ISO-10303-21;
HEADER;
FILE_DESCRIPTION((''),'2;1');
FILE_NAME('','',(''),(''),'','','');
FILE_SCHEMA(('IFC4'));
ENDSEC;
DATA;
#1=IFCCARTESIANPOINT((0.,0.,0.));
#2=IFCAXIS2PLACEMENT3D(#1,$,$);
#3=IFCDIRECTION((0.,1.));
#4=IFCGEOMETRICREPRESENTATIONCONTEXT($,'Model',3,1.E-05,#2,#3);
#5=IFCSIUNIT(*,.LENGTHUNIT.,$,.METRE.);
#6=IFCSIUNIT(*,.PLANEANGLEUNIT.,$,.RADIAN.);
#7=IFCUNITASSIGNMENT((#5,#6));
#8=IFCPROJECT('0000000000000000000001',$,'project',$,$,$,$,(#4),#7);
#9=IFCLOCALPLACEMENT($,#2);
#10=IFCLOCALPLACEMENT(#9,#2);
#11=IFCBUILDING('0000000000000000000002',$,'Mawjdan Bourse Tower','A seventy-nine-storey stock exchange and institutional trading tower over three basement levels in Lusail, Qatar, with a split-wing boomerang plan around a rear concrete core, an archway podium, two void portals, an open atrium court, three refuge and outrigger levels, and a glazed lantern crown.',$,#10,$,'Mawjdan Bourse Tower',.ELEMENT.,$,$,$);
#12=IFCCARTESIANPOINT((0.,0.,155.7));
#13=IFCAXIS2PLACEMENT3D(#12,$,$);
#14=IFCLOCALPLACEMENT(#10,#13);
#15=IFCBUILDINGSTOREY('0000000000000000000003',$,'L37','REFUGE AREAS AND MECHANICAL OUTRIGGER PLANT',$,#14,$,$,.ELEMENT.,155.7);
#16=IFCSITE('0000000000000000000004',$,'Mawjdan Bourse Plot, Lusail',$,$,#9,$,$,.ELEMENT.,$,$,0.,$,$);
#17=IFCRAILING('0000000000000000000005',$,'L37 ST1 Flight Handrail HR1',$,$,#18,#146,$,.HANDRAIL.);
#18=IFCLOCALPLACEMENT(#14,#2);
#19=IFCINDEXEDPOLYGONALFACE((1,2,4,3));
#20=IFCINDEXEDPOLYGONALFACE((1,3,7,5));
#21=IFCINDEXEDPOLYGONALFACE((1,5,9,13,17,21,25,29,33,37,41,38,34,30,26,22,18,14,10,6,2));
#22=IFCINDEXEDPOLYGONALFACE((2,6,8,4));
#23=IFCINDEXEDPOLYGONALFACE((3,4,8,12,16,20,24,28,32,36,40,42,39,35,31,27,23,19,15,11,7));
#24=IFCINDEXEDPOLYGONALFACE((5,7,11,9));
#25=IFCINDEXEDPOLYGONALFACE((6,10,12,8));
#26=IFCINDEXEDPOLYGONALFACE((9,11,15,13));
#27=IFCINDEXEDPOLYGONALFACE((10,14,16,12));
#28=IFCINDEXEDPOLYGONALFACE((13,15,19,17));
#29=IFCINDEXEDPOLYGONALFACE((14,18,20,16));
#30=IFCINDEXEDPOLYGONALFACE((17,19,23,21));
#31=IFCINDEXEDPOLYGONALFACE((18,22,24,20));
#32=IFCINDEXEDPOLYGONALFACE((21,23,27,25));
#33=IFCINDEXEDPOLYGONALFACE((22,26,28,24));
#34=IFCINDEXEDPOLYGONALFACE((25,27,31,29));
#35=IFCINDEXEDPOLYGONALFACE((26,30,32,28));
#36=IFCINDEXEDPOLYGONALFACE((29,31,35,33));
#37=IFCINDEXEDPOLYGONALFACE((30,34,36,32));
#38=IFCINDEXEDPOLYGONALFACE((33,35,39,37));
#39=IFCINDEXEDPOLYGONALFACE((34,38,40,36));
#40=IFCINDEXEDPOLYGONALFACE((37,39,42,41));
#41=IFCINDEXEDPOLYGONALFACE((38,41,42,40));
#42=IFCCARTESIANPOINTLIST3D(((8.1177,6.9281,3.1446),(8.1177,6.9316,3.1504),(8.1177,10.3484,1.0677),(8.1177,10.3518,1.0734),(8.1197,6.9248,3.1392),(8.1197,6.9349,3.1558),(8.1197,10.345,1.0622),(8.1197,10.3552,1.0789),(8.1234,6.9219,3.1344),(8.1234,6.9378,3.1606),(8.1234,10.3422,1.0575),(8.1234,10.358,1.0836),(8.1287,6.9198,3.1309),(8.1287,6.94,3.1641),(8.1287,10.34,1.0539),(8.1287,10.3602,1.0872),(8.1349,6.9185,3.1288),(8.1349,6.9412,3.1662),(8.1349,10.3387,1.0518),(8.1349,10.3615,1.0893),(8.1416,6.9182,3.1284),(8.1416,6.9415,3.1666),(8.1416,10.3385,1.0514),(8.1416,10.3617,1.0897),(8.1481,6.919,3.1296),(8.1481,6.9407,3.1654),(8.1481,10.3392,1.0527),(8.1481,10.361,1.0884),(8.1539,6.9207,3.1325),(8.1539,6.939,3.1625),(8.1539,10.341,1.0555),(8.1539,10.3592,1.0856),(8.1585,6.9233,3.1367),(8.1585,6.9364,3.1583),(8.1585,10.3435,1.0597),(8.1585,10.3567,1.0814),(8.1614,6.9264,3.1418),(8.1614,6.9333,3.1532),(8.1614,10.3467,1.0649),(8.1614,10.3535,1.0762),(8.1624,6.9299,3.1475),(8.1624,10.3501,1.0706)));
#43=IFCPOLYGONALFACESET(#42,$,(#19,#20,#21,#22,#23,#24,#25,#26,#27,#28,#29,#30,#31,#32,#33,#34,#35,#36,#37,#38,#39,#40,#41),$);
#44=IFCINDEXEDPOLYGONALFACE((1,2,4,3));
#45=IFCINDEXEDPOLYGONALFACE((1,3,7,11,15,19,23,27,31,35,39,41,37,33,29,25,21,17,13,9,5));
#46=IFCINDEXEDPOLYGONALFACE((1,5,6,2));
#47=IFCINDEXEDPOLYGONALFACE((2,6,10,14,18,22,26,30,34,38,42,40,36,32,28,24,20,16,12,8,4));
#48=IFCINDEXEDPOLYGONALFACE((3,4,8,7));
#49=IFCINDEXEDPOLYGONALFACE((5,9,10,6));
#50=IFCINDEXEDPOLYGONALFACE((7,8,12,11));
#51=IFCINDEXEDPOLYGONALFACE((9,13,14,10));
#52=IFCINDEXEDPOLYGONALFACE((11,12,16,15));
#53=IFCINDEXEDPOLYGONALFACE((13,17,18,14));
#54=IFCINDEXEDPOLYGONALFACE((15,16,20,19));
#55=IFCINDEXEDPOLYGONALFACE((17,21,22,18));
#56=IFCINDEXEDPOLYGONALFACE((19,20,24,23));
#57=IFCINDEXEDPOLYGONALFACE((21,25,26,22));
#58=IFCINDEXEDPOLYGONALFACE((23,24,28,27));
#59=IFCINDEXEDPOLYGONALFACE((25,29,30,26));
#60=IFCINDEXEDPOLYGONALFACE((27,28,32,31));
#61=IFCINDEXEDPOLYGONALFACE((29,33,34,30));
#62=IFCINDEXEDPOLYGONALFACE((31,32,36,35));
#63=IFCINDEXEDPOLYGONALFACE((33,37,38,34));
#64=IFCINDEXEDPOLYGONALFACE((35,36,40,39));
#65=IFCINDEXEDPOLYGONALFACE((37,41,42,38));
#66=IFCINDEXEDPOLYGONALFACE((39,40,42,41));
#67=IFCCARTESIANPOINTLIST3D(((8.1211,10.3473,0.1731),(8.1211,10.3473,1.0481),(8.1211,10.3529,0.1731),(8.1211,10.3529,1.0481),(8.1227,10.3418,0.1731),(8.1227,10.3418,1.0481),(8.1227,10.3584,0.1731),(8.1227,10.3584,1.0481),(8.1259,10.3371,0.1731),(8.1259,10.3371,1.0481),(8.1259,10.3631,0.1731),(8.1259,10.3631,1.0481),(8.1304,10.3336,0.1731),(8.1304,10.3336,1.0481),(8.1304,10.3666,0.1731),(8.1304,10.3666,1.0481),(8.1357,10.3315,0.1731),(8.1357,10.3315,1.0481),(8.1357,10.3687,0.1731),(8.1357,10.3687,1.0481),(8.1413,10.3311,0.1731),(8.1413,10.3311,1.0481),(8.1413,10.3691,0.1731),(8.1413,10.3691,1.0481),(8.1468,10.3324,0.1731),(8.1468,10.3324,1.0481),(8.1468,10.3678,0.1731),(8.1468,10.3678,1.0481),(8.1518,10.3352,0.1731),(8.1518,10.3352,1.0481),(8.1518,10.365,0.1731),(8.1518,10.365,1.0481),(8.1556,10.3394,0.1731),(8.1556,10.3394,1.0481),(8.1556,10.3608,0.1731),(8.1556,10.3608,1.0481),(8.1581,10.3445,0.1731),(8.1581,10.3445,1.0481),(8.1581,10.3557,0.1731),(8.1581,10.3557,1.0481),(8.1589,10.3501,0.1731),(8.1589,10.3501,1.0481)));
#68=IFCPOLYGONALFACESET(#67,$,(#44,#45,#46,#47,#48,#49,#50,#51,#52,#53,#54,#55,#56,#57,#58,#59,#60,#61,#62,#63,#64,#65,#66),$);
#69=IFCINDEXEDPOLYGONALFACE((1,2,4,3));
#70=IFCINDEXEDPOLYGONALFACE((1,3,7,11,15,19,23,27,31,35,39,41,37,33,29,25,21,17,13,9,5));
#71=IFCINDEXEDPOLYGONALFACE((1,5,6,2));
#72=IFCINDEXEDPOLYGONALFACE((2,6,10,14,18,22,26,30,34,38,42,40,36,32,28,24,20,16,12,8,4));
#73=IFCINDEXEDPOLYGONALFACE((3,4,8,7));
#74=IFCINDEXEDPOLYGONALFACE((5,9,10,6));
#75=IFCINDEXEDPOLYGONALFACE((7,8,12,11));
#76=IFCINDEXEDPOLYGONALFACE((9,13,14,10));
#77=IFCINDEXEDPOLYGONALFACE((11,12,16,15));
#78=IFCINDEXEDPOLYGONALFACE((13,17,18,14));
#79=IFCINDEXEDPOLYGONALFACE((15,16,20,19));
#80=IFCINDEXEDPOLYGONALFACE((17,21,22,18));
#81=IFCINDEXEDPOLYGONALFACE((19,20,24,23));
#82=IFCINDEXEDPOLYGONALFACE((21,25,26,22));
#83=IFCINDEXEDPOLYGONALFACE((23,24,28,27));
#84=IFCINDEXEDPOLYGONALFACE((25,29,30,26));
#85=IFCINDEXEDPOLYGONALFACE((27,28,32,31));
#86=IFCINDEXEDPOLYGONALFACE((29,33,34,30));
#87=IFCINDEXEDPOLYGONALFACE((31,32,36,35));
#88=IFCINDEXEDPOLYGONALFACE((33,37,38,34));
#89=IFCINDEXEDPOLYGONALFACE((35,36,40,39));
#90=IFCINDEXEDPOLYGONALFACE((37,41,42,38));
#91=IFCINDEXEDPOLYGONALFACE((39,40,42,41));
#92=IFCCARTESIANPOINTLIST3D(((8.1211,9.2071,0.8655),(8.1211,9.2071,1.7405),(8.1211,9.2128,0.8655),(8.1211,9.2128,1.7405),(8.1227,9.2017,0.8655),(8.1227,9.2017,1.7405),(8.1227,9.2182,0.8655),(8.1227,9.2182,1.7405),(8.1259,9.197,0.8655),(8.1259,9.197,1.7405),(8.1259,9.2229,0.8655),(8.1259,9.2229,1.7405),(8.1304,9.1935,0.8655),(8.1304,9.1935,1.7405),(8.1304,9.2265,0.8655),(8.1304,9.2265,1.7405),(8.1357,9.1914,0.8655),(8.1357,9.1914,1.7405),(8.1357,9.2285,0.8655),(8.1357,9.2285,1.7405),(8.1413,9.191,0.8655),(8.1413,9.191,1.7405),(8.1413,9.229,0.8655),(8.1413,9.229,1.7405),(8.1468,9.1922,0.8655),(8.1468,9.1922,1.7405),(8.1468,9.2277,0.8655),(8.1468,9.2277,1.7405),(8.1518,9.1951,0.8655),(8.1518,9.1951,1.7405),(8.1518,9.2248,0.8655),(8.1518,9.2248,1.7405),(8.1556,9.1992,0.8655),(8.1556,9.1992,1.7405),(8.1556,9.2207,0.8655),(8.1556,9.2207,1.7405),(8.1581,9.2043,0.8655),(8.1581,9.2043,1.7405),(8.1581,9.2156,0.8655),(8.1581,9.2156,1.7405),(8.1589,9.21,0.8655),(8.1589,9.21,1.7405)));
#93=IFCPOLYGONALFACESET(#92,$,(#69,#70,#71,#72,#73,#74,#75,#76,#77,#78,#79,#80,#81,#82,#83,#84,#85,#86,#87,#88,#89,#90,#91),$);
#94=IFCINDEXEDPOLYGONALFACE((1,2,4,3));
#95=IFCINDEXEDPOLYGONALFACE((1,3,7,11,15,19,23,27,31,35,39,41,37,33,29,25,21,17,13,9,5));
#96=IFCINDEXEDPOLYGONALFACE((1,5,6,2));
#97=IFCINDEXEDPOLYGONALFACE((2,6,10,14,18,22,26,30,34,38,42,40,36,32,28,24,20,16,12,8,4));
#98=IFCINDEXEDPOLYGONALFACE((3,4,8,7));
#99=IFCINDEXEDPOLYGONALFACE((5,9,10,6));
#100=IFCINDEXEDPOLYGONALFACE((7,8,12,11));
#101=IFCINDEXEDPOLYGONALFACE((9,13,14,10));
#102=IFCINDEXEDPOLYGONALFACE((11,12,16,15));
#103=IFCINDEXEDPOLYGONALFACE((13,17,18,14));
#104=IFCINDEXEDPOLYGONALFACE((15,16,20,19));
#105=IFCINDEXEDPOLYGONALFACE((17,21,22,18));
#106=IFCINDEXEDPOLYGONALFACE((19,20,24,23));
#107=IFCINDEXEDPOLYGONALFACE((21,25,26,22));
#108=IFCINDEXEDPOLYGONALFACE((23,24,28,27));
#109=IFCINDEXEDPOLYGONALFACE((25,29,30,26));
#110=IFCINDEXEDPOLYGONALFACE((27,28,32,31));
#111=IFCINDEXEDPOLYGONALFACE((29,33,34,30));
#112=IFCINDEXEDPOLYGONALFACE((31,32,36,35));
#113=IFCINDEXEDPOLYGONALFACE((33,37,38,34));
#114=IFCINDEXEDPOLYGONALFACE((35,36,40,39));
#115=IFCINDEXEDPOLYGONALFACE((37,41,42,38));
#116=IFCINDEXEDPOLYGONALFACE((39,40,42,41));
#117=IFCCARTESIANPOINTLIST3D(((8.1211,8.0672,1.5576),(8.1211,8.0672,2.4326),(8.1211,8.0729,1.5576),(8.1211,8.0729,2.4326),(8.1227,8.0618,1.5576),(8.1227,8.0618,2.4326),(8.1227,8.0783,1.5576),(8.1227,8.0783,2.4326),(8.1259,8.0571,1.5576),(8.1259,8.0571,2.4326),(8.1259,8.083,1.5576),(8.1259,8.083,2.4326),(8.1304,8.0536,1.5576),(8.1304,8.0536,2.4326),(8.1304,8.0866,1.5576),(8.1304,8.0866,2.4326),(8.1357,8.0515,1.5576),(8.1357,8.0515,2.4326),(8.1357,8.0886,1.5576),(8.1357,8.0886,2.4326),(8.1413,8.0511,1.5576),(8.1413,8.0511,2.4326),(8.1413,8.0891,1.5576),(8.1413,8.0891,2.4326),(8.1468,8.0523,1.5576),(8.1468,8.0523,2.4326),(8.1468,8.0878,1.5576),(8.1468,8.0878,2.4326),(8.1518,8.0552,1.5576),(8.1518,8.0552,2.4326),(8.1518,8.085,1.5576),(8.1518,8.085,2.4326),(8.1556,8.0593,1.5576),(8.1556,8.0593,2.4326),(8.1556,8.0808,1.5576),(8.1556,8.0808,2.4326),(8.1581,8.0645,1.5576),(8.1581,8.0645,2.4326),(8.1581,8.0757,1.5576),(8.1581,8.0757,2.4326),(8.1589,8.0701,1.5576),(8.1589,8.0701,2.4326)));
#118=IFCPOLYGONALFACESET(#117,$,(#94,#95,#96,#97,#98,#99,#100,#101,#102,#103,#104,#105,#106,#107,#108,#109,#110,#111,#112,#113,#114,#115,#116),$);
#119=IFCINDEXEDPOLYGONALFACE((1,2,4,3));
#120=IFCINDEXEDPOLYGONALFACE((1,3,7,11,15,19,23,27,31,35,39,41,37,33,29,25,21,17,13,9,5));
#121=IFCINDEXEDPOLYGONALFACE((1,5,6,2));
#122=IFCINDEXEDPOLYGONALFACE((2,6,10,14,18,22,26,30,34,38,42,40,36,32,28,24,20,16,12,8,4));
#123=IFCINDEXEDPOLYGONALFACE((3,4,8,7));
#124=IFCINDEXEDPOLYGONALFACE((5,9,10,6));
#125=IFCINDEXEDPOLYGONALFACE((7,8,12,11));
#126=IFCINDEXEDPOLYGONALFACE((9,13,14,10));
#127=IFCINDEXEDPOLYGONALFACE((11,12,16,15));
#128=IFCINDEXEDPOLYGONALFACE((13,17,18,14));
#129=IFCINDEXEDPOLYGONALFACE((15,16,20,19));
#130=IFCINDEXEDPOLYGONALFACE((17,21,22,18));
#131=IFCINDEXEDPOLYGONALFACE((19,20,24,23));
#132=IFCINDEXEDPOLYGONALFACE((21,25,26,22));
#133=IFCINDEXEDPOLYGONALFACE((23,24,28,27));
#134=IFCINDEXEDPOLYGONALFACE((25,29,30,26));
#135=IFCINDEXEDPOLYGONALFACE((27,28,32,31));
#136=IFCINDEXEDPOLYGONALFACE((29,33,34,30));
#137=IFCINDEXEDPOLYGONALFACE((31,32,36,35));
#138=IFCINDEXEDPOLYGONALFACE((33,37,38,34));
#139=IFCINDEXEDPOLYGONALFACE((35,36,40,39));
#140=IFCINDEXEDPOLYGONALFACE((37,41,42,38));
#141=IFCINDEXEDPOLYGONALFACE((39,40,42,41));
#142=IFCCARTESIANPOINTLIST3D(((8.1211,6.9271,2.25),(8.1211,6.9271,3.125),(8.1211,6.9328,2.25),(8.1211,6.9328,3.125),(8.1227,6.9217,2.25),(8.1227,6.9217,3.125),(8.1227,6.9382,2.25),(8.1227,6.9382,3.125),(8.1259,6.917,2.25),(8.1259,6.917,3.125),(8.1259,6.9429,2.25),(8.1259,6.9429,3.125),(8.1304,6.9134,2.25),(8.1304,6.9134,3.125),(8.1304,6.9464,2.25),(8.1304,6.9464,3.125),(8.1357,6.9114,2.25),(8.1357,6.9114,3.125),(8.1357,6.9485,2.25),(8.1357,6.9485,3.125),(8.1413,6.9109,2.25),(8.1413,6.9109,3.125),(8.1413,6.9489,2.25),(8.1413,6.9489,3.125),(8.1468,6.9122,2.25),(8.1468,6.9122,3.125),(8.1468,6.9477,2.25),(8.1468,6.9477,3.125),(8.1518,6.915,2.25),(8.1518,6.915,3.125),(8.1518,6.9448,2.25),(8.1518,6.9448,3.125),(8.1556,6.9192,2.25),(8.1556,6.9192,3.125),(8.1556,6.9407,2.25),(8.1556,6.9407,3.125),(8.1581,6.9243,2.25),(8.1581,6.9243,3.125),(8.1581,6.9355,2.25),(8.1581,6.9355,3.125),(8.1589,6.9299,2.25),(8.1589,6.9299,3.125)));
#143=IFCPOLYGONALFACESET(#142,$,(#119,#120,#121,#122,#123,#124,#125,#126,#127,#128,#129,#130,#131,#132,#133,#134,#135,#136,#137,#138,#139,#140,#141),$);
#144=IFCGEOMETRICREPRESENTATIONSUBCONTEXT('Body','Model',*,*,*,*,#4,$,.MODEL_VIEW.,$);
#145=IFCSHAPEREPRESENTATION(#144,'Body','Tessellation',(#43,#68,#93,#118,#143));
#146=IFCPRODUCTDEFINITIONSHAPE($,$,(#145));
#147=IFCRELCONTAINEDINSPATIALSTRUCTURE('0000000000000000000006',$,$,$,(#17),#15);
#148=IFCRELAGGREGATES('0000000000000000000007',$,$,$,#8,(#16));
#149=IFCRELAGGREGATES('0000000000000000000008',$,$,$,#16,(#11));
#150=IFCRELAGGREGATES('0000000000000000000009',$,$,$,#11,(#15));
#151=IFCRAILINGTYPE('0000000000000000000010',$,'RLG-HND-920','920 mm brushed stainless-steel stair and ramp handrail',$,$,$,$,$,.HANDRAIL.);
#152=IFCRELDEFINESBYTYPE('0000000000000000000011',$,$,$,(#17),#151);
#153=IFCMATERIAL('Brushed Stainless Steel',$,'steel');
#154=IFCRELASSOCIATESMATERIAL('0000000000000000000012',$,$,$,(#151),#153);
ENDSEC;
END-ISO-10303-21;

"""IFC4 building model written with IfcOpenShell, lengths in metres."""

from ifc_helpers import new_model, si_unit, direction, frame, origin, origin_2d, place, context, subcontext, project, spatial, circle, extrude, material, type_object, element, save


model = new_model("IFC4")

# Units and contexts
model_context = context("Model", 3, precision=1e-05, world=origin(), true_north=direction((0.0, 1.0)))
body_context = subcontext(model_context, "Body", "Model", "MODEL_VIEW")
ifc_project = project(units=[si_unit("LENGTHUNIT", "METRE"), si_unit("PLANEANGLEUNIT", "RADIAN")], contexts=[model_context])

# Site, building, storey
site_placement = place(None, origin())
site = spatial("IfcSite", under=ifc_project, at=site_placement, Name="Mawjdan Bourse Plot, Lusail", CompositionType="ELEMENT", RefElevation=0.0)
building_placement = place(site_placement, origin())
building = spatial("IfcBuilding", under=site, at=building_placement, Name="Mawjdan Bourse Tower", Description="A seventy-nine-storey stock exchange and institutional trading tower over three basement levels in Lusail, Qatar, with a split-wing boomerang plan around a rear concrete core, an archway podium, two void portals, an open atrium court, three refuge and outrigger levels, and a glazed lantern crown.", LongName="Mawjdan Bourse Tower", CompositionType="ELEMENT")
storey_placement = place(building_placement, frame((0.0, 0.0, 155.7)))
storey = spatial("IfcBuildingStorey", under=building, at=storey_placement, Name="L37", Description="REFUGE AREAS AND MECHANICAL OUTRIGGER PLANT", CompositionType="ELEMENT", Elevation=155.7)

# Shared definitions
ifc_material_1 = material(Name="Brushed Stainless Steel", Category="steel")

# Railing
railing_type = type_object("IfcRailingType", Name="RLG-HND-920", Description="920 mm brushed stainless-steel stair and ramp handrail", PredefinedType="HANDRAIL", material=ifc_material_1)
railing_1_placement = place(storey_placement, frame((8.1399, 10.3501, 0.1731)))
element("IfcRailing", 1, at=railing_1_placement, inside=storey, type_object=railing_type, Name="L37 ST1 Flight Handrail HR1", PredefinedType="HANDRAIL", context=body_context, shape_type="SweptSolid", body=[
    extrude(circle(Radius=0.0225, at=origin_2d()), frame((0.0, 0.0, 0.8975), z_axis=(0.0, -0.854746, 0.519047), x_axis=(1.0, 0.0, 0.0)), (0.0, 0.0, 1.0), 4.0015),
    extrude(circle(Radius=0.019, at=origin_2d()), origin(), (0.0, 0.0, 1.0), 0.875),
    extrude(circle(Radius=0.019, at=origin_2d()), frame((0.0, -1.1401, 0.6924)), (0.0, 0.0, 1.0), 0.875),
    extrude(circle(Radius=0.019, at=origin_2d()), frame((0.0, -2.28, 1.3845)), (0.0, 0.0, 1.0), 0.875),
    extrude(circle(Radius=0.019, at=origin_2d()), frame((0.0, -3.4202, 2.0769)), (0.0, 0.0, 1.0), 0.875),
])

save(model, "model.ifc")
